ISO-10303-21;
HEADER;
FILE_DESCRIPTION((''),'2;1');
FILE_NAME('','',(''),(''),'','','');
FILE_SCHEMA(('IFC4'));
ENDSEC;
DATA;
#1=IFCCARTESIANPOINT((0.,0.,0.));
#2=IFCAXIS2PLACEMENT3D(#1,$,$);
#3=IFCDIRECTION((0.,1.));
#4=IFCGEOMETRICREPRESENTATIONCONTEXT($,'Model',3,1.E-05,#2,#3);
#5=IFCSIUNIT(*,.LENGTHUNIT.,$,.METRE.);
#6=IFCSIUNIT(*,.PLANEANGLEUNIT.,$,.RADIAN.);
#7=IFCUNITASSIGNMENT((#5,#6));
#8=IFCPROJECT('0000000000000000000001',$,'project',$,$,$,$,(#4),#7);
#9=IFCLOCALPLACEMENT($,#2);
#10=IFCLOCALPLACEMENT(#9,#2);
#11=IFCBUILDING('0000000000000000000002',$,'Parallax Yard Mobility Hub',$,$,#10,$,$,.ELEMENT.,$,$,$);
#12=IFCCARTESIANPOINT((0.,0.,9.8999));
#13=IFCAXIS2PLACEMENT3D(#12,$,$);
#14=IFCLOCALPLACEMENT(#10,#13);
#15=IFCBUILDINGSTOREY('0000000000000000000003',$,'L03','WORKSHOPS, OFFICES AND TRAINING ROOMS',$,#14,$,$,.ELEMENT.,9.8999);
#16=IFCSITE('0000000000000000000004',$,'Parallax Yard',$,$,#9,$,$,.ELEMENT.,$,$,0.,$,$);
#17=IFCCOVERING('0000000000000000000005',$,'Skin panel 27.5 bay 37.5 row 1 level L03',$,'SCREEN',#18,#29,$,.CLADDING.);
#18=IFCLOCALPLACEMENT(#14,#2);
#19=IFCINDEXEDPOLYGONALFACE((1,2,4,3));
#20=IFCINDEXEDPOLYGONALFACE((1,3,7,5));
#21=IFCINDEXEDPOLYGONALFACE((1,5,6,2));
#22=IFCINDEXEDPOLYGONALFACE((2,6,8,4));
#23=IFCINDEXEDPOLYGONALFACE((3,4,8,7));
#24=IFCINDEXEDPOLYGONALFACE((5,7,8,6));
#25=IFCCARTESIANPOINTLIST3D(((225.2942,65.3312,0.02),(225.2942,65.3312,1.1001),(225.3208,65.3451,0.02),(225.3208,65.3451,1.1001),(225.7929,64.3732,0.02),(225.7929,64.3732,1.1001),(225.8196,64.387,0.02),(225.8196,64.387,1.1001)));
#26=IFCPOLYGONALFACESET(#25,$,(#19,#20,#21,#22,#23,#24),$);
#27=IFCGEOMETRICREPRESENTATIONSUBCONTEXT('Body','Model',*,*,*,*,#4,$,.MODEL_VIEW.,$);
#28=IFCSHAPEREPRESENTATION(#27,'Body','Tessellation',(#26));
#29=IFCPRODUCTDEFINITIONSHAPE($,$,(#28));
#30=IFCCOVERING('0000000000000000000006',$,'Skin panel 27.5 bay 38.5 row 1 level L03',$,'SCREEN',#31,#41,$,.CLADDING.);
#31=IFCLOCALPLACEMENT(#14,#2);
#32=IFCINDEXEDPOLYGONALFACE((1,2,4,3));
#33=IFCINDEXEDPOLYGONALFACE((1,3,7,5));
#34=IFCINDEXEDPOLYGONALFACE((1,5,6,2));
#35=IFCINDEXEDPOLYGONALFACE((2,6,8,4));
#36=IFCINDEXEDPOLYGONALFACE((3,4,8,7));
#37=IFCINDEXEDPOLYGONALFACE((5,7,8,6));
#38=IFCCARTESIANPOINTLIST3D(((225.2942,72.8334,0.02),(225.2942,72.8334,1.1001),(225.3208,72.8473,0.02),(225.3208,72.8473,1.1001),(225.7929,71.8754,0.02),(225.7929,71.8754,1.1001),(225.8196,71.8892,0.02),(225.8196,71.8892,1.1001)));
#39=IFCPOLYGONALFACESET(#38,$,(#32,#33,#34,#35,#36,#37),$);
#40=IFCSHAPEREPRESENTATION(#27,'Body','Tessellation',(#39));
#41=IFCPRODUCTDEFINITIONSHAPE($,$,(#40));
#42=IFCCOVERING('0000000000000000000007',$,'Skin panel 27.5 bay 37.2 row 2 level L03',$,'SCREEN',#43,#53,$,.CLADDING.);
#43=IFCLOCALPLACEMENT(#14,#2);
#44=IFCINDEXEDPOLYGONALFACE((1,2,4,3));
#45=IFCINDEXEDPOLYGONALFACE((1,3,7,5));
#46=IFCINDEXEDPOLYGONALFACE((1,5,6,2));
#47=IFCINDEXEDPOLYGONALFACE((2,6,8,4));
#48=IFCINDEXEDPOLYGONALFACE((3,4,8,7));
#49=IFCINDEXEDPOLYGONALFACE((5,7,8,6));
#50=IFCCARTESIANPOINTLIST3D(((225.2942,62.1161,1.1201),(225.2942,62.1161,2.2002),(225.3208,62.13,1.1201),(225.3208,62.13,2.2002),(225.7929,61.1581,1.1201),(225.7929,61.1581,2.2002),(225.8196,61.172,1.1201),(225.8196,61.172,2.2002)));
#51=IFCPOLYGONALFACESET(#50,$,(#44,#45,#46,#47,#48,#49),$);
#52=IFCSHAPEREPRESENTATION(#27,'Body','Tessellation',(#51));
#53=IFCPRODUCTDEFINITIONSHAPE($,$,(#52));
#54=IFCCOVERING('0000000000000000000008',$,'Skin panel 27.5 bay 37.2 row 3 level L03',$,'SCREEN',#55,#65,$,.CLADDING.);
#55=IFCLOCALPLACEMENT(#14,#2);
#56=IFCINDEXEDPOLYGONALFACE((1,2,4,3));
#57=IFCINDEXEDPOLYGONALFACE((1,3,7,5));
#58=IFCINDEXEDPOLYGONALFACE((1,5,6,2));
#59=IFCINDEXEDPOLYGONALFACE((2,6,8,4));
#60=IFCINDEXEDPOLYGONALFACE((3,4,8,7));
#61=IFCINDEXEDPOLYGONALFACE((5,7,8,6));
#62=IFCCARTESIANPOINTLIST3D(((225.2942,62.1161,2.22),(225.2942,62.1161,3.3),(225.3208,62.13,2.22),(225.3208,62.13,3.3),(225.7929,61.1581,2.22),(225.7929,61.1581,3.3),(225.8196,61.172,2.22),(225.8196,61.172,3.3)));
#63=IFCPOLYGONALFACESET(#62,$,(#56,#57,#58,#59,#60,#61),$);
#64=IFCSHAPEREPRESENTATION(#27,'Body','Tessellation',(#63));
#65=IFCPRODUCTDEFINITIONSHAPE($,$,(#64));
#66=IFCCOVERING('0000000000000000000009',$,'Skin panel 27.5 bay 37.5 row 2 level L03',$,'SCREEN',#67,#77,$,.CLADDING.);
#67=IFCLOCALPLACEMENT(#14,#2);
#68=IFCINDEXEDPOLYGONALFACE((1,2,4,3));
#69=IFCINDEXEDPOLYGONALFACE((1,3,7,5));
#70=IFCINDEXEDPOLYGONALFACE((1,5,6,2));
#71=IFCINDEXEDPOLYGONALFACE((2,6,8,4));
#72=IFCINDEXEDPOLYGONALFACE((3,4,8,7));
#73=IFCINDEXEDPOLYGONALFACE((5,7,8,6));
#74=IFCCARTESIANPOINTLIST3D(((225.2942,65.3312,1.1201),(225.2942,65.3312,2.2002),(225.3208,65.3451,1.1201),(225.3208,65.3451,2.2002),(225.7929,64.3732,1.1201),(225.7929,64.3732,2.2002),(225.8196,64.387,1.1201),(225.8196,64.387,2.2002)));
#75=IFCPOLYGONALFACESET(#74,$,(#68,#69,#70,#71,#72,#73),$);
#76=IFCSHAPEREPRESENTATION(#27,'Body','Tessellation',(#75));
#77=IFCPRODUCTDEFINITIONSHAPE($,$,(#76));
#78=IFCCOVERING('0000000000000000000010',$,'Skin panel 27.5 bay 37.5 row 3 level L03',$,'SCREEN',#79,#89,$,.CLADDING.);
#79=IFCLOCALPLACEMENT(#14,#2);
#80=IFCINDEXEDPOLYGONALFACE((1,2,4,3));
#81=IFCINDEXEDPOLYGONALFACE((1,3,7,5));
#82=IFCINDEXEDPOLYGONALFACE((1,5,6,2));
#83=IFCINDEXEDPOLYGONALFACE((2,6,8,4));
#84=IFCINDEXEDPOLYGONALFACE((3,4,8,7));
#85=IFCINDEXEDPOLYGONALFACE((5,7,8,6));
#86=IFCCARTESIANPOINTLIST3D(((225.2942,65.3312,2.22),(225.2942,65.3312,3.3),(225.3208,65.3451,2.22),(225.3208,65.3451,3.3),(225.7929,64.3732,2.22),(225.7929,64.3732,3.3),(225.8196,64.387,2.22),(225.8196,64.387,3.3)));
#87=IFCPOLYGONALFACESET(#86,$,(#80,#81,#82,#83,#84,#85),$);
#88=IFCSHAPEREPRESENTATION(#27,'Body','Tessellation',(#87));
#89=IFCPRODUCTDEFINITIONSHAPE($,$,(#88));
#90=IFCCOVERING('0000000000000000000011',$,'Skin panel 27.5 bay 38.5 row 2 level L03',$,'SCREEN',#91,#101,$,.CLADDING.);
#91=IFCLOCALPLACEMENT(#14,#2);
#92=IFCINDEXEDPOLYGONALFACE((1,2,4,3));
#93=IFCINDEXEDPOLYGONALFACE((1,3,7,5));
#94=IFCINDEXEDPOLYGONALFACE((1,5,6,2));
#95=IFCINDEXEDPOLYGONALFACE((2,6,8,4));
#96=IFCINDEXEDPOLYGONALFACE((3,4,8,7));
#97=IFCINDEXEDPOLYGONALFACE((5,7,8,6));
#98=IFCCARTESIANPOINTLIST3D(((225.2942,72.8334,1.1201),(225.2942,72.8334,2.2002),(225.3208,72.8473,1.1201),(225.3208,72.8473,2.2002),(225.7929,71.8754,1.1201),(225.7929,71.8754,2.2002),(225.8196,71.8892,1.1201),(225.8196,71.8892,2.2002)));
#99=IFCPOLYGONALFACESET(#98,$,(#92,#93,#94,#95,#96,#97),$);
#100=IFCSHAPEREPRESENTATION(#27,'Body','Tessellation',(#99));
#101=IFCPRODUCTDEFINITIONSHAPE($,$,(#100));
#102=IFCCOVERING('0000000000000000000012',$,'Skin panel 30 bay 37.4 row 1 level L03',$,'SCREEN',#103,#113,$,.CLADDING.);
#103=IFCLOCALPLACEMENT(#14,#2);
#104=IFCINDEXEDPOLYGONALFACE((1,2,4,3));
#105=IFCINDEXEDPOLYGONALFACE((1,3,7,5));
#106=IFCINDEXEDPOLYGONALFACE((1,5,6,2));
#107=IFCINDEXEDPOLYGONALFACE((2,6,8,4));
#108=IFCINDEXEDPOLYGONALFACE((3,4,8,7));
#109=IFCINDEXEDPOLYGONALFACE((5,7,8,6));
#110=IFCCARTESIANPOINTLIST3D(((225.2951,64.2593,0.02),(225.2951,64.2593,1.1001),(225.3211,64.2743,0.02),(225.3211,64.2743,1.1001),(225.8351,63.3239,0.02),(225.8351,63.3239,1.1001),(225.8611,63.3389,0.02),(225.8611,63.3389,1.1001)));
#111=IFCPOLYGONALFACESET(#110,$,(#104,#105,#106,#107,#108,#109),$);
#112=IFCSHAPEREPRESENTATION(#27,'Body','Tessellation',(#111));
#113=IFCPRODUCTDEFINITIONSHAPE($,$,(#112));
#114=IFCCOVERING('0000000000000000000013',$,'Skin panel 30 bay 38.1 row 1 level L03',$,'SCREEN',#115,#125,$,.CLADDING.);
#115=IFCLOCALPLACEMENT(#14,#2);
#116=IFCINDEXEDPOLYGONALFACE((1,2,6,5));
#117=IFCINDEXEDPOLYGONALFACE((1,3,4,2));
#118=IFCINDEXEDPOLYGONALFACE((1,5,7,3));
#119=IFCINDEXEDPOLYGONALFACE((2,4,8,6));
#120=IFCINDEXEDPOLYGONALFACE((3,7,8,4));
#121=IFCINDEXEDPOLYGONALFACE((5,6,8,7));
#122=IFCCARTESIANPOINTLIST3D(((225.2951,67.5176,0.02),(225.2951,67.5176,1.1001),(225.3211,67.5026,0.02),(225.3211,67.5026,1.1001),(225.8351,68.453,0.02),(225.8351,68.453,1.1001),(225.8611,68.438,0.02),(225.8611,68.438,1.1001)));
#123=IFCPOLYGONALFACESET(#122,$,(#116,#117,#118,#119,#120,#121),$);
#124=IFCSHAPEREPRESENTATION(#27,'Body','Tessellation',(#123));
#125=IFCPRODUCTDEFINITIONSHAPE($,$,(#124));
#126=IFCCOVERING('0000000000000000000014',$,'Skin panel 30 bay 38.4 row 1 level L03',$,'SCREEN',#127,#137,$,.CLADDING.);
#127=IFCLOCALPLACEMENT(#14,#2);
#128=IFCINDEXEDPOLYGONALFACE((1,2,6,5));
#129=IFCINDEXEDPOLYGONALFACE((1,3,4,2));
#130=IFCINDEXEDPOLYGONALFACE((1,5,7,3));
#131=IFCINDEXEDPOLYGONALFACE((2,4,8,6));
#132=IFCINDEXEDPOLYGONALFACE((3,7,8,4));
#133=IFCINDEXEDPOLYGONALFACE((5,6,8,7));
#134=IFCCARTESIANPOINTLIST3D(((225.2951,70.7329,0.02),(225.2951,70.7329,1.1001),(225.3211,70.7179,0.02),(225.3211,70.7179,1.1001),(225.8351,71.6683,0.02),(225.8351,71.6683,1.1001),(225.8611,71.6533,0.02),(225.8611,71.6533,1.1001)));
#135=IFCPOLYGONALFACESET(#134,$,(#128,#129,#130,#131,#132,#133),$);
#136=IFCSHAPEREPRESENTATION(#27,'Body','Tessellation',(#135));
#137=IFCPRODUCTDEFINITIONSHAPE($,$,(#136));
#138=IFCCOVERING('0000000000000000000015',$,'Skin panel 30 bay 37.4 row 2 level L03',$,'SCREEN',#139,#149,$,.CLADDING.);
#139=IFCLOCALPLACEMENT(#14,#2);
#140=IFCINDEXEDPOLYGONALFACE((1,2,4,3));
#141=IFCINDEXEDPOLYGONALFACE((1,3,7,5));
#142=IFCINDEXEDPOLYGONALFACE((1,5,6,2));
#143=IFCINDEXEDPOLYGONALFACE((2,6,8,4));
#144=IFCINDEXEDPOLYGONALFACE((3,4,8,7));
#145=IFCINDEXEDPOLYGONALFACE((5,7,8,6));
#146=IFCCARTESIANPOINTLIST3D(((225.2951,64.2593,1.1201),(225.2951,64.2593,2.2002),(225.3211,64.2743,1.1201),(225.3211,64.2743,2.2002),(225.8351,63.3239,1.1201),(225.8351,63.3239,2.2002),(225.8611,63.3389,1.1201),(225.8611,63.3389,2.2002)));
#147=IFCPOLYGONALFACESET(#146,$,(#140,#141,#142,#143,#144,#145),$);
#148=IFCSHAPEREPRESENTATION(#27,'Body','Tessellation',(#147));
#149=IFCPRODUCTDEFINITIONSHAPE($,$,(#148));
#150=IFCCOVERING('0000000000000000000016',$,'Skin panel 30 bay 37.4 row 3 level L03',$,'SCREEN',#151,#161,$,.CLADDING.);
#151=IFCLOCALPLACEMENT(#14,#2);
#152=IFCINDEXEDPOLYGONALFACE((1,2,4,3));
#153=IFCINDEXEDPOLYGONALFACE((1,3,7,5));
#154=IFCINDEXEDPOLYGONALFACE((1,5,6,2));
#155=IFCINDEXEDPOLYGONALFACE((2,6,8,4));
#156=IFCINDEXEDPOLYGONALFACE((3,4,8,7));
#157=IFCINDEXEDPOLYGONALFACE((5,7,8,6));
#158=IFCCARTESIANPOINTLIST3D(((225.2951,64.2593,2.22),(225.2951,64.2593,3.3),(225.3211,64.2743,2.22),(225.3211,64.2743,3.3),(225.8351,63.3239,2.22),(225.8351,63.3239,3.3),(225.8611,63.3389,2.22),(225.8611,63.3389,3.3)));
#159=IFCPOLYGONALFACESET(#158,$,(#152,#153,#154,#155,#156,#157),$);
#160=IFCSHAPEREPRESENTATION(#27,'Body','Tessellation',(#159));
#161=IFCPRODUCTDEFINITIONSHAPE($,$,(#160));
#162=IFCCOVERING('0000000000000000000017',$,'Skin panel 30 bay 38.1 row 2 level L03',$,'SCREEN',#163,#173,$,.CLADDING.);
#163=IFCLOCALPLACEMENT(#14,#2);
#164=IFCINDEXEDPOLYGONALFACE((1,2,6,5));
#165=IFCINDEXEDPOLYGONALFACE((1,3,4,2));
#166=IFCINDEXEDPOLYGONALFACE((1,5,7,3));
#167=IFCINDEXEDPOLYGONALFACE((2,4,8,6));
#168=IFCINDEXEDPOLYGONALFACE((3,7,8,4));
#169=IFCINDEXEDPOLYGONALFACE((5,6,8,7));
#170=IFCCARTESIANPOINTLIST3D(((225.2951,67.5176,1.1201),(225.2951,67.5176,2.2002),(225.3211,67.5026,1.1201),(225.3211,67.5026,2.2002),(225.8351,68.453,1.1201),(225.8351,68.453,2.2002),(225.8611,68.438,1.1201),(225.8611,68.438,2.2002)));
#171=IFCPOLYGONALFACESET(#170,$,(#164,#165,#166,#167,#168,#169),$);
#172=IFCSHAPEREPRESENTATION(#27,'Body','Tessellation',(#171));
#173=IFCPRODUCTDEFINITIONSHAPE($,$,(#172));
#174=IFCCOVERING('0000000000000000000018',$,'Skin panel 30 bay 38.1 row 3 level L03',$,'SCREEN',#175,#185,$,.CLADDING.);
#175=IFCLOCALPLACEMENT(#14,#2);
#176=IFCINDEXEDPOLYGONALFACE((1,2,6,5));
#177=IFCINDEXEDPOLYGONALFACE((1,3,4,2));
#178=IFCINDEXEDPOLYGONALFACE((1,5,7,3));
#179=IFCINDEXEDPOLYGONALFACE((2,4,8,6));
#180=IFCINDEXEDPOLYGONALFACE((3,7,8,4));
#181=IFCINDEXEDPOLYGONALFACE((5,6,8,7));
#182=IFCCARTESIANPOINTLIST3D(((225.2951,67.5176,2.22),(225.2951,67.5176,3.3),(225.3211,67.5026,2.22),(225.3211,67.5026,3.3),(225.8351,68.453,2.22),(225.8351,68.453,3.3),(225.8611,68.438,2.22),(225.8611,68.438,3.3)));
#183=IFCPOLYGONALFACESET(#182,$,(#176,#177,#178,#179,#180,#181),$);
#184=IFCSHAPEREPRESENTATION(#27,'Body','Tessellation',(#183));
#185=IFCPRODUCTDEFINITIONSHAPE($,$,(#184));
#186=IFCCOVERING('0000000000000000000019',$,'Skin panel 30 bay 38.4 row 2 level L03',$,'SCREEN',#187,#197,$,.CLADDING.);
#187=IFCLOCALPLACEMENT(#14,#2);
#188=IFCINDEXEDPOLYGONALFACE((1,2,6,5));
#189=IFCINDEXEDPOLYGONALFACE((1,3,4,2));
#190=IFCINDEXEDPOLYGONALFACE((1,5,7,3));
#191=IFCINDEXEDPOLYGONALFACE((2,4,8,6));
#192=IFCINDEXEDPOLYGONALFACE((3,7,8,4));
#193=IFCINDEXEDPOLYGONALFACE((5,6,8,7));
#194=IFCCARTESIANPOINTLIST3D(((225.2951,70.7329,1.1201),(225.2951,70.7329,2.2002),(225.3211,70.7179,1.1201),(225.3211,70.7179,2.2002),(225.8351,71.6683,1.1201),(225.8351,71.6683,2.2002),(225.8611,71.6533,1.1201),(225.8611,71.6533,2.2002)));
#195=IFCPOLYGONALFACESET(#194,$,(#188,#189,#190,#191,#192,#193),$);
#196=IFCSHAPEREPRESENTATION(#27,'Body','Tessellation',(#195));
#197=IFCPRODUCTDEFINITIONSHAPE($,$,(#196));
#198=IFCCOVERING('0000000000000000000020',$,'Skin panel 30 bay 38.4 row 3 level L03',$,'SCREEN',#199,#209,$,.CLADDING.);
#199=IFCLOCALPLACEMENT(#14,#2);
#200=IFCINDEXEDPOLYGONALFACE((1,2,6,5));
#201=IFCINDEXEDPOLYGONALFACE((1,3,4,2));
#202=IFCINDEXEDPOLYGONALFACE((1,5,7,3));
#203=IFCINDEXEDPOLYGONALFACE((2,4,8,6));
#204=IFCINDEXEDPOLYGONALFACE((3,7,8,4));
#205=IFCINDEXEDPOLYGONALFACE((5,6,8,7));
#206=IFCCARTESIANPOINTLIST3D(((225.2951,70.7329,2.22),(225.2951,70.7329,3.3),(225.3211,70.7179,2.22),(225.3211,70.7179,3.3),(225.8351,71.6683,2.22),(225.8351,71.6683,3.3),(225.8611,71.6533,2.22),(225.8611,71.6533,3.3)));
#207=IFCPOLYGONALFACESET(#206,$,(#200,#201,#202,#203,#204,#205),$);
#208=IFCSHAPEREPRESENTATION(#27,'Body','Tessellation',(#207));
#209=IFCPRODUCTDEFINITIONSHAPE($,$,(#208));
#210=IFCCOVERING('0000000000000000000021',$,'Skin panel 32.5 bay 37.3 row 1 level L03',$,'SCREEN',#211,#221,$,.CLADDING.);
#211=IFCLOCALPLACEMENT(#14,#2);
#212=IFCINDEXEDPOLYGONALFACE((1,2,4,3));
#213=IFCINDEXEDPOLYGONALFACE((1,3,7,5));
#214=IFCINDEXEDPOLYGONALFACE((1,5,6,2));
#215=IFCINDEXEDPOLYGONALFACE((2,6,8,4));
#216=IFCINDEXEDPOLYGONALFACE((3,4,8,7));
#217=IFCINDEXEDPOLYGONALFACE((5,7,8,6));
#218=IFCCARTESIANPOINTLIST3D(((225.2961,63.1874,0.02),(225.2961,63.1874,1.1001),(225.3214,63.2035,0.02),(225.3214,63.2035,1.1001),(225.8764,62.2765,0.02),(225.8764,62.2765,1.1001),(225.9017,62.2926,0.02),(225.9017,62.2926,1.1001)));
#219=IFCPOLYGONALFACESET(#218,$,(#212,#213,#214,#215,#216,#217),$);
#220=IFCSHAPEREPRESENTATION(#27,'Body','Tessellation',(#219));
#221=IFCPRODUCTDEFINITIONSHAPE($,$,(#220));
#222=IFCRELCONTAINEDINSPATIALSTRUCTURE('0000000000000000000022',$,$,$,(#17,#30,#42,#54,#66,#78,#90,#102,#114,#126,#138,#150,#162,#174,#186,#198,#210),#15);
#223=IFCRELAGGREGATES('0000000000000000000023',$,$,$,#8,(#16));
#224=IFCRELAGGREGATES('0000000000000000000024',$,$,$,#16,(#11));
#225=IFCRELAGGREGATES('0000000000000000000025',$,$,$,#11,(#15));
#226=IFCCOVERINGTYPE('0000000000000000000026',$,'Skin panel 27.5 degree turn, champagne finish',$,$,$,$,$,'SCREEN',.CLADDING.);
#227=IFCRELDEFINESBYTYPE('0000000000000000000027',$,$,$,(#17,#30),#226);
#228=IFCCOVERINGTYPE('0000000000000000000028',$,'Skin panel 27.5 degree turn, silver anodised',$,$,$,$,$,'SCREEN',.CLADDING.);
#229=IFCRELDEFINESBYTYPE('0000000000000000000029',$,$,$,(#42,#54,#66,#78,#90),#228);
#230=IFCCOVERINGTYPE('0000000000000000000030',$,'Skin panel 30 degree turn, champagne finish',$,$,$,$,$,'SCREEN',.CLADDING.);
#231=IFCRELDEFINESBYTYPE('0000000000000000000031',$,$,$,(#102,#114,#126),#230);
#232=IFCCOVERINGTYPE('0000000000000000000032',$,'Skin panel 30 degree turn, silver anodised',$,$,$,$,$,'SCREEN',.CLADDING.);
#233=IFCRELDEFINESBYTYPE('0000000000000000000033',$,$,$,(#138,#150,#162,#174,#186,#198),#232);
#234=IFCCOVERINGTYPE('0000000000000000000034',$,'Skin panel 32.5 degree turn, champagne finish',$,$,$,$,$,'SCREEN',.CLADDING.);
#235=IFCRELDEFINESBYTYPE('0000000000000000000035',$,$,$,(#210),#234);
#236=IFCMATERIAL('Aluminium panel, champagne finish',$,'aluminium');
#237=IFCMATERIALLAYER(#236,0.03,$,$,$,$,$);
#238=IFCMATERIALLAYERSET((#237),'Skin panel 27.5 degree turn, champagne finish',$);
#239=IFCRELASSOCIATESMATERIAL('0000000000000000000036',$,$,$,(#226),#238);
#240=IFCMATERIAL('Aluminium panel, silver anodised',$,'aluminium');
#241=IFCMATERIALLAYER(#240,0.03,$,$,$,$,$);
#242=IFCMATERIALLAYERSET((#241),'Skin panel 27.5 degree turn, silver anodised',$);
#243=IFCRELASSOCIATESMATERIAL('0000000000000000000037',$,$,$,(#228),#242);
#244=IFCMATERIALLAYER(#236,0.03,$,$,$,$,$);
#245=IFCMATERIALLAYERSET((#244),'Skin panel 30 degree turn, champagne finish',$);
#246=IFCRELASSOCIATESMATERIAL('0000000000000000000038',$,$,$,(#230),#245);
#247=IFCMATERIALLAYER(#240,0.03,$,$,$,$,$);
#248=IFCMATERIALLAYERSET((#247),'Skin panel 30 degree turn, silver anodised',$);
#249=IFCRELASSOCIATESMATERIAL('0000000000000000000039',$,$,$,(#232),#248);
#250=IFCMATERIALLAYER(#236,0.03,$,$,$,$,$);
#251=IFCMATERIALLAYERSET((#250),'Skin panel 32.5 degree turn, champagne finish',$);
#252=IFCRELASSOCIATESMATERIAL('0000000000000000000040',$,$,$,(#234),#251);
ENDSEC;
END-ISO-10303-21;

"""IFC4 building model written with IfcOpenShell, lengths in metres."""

from ifc_helpers import new_model, si_unit, direction, frame, origin, origin_2d, place, context, subcontext, project, spatial, rectangle, extrude, material, layer, layer_set, type_object, element, save


model = new_model("IFC4")

# Units and contexts
model_context = context("Model", 3, precision=1e-05, world=origin(), true_north=direction((0.0, 1.0)))
body_context = subcontext(model_context, "Body", "Model", "MODEL_VIEW")
ifc_project = project(units=[si_unit("LENGTHUNIT", "METRE"), si_unit("PLANEANGLEUNIT", "RADIAN")], contexts=[model_context])

# Site, building, storey
site_placement = place(None, origin())
site = spatial("IfcSite", under=ifc_project, at=site_placement, Name="Parallax Yard", CompositionType="ELEMENT", RefElevation=0.0)
building_placement = place(site_placement, origin())
building = spatial("IfcBuilding", under=site, at=building_placement, Name="Parallax Yard Mobility Hub", CompositionType="ELEMENT")
storey_placement = place(building_placement, frame((0.0, 0.0, 9.8999)))
storey = spatial("IfcBuildingStorey", under=building, at=storey_placement, Name="L03", Description="WORKSHOPS, OFFICES AND TRAINING ROOMS", CompositionType="ELEMENT", Elevation=9.8999)

# Coverings
ifc_material_1 = material(Name="Aluminium panel, champagne finish", Category="aluminium")
ifc_layer_1 = layer(ifc_material_1, 0.03)
ifc_layer_set_1 = layer_set([ifc_layer_1], Name="Skin panel 27.5 degree turn, champagne finish")
covering_type_1 = type_object("IfcCoveringType", Name="Skin panel 27.5 degree turn, champagne finish", ElementType="SCREEN", PredefinedType="CLADDING", material=ifc_layer_set_1)
for number, where, z_axis, x_axis, name in (
    (1, (225.5569, 64.8591, 0.02), (0.0, 0.0, 1.0), (0.461749, -0.887011, 0.0), "Skin panel 27.5 bay 37.5 row 1 level L03"),
    (2, (225.5569, 72.3613, 0.02), (0.0, 0.0, 1.0), (0.461749, -0.887011, 0.0), "Skin panel 27.5 bay 38.5 row 1 level L03"),
):
    element("IfcCovering", number, at=place(storey_placement, frame(where, z_axis=z_axis, x_axis=x_axis)), inside=storey, type_object=covering_type_1, Name=name, ObjectType="SCREEN", PredefinedType="CLADDING", context=body_context, shape_type="SweptSolid", body=[
        extrude(rectangle(XDim=1.0801, YDim=0.03, at=origin_2d()), origin(), (0.0, 0.0, 1.0), 1.0801),
    ])
ifc_material_2 = material(Name="Aluminium panel, silver anodised", Category="aluminium")
ifc_layer_2 = layer(ifc_material_2, 0.03)
ifc_layer_set_2 = layer_set([ifc_layer_2], Name="Skin panel 27.5 degree turn, silver anodised")
covering_type_2 = type_object("IfcCoveringType", Name="Skin panel 27.5 degree turn, silver anodised", ElementType="SCREEN", PredefinedType="CLADDING", material=ifc_layer_set_2)
for number, where, z_axis, x_axis, name in (
    (3, (225.5569, 61.644, 1.1201), (0.0, 0.0, 1.0), (0.461749, -0.887011, 0.0), "Skin panel 27.5 bay 37.2 row 2 level L03"),
    (4, (225.5569, 61.644, 2.22), (0.0, 0.0, 1.0), (0.461749, -0.887011, 0.0), "Skin panel 27.5 bay 37.2 row 3 level L03"),
    (5, (225.5569, 64.8591, 1.1201), (0.0, 0.0, 1.0), (0.461749, -0.887011, 0.0), "Skin panel 27.5 bay 37.5 row 2 level L03"),
    (6, (225.5569, 64.8591, 2.22), (0.0, 0.0, 1.0), (0.461749, -0.887011, 0.0), "Skin panel 27.5 bay 37.5 row 3 level L03"),
    (7, (225.5569, 72.3613, 1.1201), (0.0, 0.0, 1.0), (0.461749, -0.887011, 0.0), "Skin panel 27.5 bay 38.5 row 2 level L03"),
):
    element("IfcCovering", number, at=place(storey_placement, frame(where, z_axis=z_axis, x_axis=x_axis)), inside=storey, type_object=covering_type_2, Name=name, ObjectType="SCREEN", PredefinedType="CLADDING", context=body_context, shape_type="SweptSolid", body=[
        extrude(rectangle(XDim=1.0801, YDim=0.03, at=origin_2d()), origin(), (0.0, 0.0, 1.0), 1.0801),
    ])
ifc_layer_3 = layer(ifc_material_1, 0.03)
ifc_layer_set_3 = layer_set([ifc_layer_3], Name="Skin panel 30 degree turn, champagne finish")
covering_type_3 = type_object("IfcCoveringType", Name="Skin panel 30 degree turn, champagne finish", ElementType="SCREEN", PredefinedType="CLADDING", material=ifc_layer_set_3)
for number, where, z_axis, x_axis, name in (
    (8, (225.5781, 63.7991, 0.02), (0.0, 0.0, 1.0), (0.5, -0.866025, 0.0), "Skin panel 30 bay 37.4 row 1 level L03"),
    (9, (225.5781, 67.9778, 0.02), (0.0, 0.0, 1.0), (0.5, 0.866025, 0.0), "Skin panel 30 bay 38.1 row 1 level L03"),
    (10, (225.5781, 71.1931, 0.02), (0.0, 0.0, 1.0), (0.5, 0.866025, 0.0), "Skin panel 30 bay 38.4 row 1 level L03"),
):
    element("IfcCovering", number, at=place(storey_placement, frame(where, z_axis=z_axis, x_axis=x_axis)), inside=storey, type_object=covering_type_3, Name=name, ObjectType="SCREEN", PredefinedType="CLADDING", context=body_context, shape_type="SweptSolid", body=[
        extrude(rectangle(XDim=1.0801, YDim=0.03, at=origin_2d()), origin(), (0.0, 0.0, 1.0), 1.0801),
    ])
ifc_layer_4 = layer(ifc_material_2, 0.03)
ifc_layer_set_4 = layer_set([ifc_layer_4], Name="Skin panel 30 degree turn, silver anodised")
covering_type_4 = type_object("IfcCoveringType", Name="Skin panel 30 degree turn, silver anodised", ElementType="SCREEN", PredefinedType="CLADDING", material=ifc_layer_set_4)
for number, where, z_axis, x_axis, name in (
    (11, (225.5781, 63.7991, 1.1201), (0.0, 0.0, 1.0), (0.5, -0.866025, 0.0), "Skin panel 30 bay 37.4 row 2 level L03"),
    (12, (225.5781, 63.7991, 2.22), (0.0, 0.0, 1.0), (0.5, -0.866025, 0.0), "Skin panel 30 bay 37.4 row 3 level L03"),
    (13, (225.5781, 67.9778, 1.1201), (0.0, 0.0, 1.0), (0.5, 0.866025, 0.0), "Skin panel 30 bay 38.1 row 2 level L03"),
    (14, (225.5781, 67.9778, 2.22), (0.0, 0.0, 1.0), (0.5, 0.866025, 0.0), "Skin panel 30 bay 38.1 row 3 level L03"),
    (15, (225.5781, 71.1931, 1.1201), (0.0, 0.0, 1.0), (0.5, 0.866025, 0.0), "Skin panel 30 bay 38.4 row 2 level L03"),
    (16, (225.5781, 71.1931, 2.22), (0.0, 0.0, 1.0), (0.5, 0.866025, 0.0), "Skin panel 30 bay 38.4 row 3 level L03"),
):
    element("IfcCovering", number, at=place(storey_placement, frame(where, z_axis=z_axis, x_axis=x_axis)), inside=storey, type_object=covering_type_4, Name=name, ObjectType="SCREEN", PredefinedType="CLADDING", context=body_context, shape_type="SweptSolid", body=[
        extrude(rectangle(XDim=1.0801, YDim=0.03, at=origin_2d()), origin(), (0.0, 0.0, 1.0), 1.0801),
    ])
ifc_layer_5 = layer(ifc_material_1, 0.03)
ifc_layer_set_5 = layer_set([ifc_layer_5], Name="Skin panel 32.5 degree turn, champagne finish")
covering_type_5 = type_object("IfcCoveringType", Name="Skin panel 32.5 degree turn, champagne finish", ElementType="SCREEN", PredefinedType="CLADDING", material=ifc_layer_set_5)
for number, where, z_axis, x_axis, name in (
    (17, (225.5989, 62.74, 0.02), (0.0, 0.0, 1.0), (0.5373, -0.843391, 0.0), "Skin panel 32.5 bay 37.3 row 1 level L03"),
):
    element("IfcCovering", number, at=place(storey_placement, frame(where, z_axis=z_axis, x_axis=x_axis)), inside=storey, type_object=covering_type_5, Name=name, ObjectType="SCREEN", PredefinedType="CLADDING", context=body_context, shape_type="SweptSolid", body=[
        extrude(rectangle(XDim=1.0801, YDim=0.03, at=origin_2d()), origin(), (0.0, 0.0, 1.0), 1.0801),
    ])

save(model, "model.ifc")
